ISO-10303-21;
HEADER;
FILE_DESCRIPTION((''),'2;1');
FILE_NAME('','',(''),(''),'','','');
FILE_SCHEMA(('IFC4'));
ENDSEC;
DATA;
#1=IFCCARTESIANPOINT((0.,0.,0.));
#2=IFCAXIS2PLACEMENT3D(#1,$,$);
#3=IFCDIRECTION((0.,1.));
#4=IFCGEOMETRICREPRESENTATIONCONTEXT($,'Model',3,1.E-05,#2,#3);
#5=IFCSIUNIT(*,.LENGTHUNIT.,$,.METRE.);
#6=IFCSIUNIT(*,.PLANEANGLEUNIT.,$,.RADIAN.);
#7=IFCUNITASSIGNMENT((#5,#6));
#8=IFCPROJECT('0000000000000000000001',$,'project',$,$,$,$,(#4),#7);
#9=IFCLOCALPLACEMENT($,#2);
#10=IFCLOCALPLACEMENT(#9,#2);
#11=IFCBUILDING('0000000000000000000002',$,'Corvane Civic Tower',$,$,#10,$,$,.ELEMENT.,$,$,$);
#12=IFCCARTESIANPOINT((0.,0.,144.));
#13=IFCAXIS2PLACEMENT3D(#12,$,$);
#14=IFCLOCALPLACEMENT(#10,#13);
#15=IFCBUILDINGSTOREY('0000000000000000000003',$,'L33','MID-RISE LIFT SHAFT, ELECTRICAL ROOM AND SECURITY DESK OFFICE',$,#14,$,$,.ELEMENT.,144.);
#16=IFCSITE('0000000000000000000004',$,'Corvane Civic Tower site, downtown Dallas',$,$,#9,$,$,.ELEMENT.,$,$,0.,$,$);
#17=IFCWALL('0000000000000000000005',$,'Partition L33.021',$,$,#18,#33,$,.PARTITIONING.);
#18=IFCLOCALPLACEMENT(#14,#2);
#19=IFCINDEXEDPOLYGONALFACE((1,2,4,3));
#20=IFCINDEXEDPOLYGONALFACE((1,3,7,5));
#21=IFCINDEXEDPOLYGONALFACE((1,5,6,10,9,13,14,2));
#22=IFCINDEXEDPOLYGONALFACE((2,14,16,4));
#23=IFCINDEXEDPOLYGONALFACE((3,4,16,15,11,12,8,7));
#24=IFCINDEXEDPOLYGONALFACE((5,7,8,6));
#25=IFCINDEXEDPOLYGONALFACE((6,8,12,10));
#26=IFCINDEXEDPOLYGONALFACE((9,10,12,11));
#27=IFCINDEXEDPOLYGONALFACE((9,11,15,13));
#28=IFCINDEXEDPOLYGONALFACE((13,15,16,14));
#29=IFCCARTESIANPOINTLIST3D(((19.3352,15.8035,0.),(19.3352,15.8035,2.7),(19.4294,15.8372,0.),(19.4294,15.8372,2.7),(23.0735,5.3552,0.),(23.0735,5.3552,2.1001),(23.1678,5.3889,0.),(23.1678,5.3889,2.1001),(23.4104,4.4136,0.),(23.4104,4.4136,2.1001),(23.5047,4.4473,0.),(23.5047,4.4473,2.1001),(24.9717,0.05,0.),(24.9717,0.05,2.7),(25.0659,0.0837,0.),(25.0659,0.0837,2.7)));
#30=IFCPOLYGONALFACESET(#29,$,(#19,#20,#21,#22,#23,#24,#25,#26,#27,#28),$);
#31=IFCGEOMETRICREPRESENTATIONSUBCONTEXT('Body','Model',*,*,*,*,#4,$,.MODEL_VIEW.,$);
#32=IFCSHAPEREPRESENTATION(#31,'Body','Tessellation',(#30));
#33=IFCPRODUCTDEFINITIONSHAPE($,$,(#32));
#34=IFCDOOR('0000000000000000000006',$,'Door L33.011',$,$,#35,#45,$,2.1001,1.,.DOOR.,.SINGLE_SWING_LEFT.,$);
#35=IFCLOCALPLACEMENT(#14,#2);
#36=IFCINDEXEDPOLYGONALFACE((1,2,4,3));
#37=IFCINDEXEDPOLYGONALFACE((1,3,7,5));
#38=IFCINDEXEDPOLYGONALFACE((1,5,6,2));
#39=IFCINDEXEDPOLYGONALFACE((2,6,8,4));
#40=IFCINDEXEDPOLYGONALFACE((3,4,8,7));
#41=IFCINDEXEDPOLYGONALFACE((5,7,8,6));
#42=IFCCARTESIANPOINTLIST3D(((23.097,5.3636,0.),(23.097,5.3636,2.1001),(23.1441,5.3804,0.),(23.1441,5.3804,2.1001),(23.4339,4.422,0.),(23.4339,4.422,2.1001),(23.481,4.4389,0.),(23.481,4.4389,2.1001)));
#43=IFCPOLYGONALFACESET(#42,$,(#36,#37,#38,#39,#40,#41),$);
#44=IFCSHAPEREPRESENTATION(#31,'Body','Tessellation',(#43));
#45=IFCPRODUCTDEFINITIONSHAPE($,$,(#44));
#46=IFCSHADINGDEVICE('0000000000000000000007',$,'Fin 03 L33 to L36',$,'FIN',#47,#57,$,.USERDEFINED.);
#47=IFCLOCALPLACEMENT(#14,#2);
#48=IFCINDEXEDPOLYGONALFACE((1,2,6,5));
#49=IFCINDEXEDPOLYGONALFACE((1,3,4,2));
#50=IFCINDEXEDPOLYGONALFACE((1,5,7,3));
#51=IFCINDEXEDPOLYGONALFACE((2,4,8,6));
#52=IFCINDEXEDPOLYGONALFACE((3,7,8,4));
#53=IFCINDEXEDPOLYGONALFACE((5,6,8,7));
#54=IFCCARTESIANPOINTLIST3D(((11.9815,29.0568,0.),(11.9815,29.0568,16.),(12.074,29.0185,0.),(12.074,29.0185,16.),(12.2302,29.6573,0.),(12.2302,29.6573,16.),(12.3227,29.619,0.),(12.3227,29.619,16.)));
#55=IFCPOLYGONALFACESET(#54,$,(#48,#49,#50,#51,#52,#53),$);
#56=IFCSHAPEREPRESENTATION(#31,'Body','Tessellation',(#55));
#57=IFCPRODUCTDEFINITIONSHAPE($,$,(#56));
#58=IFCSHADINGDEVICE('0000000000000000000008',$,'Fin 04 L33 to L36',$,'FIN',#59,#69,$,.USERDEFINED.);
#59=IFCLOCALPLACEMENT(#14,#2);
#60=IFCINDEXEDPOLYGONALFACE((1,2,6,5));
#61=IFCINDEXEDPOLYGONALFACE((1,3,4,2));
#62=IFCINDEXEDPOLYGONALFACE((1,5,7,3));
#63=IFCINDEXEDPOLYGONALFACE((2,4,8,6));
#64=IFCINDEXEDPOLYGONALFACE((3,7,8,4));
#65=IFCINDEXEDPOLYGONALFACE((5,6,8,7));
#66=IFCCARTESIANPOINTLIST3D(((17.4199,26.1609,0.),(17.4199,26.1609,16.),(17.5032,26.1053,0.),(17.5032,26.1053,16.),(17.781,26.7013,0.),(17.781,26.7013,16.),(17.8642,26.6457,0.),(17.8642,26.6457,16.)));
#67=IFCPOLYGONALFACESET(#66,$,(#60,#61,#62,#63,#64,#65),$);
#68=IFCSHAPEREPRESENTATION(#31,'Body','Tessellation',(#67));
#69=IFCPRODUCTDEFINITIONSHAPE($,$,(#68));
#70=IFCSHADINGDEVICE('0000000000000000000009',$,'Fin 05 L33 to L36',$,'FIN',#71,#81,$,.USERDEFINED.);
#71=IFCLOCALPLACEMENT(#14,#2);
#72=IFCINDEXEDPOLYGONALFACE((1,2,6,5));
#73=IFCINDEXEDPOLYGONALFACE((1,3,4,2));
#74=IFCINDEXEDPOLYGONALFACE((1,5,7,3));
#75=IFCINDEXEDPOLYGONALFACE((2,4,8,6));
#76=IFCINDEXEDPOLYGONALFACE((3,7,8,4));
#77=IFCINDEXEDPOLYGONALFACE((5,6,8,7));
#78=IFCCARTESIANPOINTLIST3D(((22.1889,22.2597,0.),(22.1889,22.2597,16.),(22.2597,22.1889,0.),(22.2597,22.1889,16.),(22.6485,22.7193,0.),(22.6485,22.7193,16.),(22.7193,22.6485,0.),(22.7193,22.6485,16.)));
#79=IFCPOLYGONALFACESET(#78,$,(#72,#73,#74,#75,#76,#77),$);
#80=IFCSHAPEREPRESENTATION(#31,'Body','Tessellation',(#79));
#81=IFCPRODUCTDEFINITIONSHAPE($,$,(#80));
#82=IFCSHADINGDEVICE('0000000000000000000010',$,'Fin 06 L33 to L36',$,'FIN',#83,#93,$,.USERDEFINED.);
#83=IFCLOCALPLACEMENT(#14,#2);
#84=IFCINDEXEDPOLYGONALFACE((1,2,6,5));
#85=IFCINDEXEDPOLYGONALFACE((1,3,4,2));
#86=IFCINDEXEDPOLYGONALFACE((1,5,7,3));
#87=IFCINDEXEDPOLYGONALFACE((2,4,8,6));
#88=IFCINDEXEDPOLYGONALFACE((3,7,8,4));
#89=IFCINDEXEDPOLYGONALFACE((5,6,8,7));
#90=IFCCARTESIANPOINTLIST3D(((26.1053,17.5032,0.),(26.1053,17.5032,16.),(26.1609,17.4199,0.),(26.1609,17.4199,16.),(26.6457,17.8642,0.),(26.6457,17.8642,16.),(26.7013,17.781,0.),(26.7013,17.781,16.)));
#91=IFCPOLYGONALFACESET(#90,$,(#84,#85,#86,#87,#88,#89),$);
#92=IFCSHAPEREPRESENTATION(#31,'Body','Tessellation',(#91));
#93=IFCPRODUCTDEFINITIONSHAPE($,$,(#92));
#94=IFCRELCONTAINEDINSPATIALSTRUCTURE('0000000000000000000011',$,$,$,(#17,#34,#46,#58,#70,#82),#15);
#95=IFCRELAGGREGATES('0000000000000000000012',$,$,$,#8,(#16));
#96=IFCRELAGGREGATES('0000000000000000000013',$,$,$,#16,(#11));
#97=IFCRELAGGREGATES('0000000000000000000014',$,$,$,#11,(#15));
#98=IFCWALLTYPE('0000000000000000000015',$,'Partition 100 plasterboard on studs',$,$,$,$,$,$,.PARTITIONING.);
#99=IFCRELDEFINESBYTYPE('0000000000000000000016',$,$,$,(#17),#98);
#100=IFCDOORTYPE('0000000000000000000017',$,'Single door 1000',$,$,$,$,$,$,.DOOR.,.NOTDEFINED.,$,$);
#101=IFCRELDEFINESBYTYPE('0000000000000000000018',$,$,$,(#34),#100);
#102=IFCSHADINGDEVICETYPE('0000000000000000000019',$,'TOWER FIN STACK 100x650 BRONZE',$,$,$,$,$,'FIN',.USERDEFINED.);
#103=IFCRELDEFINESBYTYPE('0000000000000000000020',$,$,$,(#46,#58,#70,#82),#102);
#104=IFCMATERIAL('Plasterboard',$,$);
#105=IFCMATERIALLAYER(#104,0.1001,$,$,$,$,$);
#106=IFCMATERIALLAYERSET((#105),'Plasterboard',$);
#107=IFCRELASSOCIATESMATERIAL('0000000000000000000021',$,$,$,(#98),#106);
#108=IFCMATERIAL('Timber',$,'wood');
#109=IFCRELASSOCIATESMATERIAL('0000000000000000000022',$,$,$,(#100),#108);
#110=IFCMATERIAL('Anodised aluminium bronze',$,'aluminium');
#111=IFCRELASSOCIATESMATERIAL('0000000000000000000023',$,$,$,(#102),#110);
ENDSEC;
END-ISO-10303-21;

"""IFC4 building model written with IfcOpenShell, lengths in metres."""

from ifc_helpers import new_model, si_unit, direction, frame, frame_2d, origin, origin_2d, place, context, subcontext, project, spatial, rectangle, extrude, material, layer, layer_set, material_profile, profile_set, type_object, element, fill, save


model = new_model("IFC4")

# Units and contexts
model_context = context("Model", 3, precision=1e-05, world=origin(), true_north=direction((0.0, 1.0)))
body_context = subcontext(model_context, "Body", "Model", "MODEL_VIEW")
ifc_project = project(units=[si_unit("LENGTHUNIT", "METRE"), si_unit("PLANEANGLEUNIT", "RADIAN")], contexts=[model_context])

# Site, building, storey
site_placement = place(None, origin())
site = spatial("IfcSite", under=ifc_project, at=site_placement, Name="Corvane Civic Tower site, downtown Dallas", CompositionType="ELEMENT", RefElevation=0.0)
building_placement = place(site_placement, origin())
building = spatial("IfcBuilding", under=site, at=building_placement, Name="Corvane Civic Tower", CompositionType="ELEMENT")
storey_placement = place(building_placement, frame((0.0, 0.0, 144.0)))
storey = spatial("IfcBuildingStorey", under=building, at=storey_placement, Name="L33", Description="MID-RISE LIFT SHAFT, ELECTRICAL ROOM AND SECURITY DESK OFFICE", CompositionType="ELEMENT", Elevation=144.0)

# Wall, opening, door
ifc_material_1 = material(Name="Plasterboard")
ifc_layer_1 = layer(ifc_material_1, 0.1001)
ifc_layer_set_1 = layer_set([ifc_layer_1], Name="Plasterboard")
wall_type = type_object("IfcWallType", Name="Partition 100 plasterboard on studs", PredefinedType="PARTITIONING", material=ifc_layer_set_1)
wall_placement = place(storey_placement, frame((19.3823, 15.8203, 0.0), z_axis=(0.0, 0.0, 1.0), x_axis=(0.33688, -0.941548, 0.0)))
wall = element("IfcWall", 1, at=wall_placement, inside=storey, type_object=wall_type, Name="Partition L33.021", PredefinedType="PARTITIONING", context=body_context, shape_type="SweptSolid", body=[
    extrude(rectangle(XDim=16.7314, YDim=0.1001, at=frame_2d((8.3657, 0.0))), origin(), (0.0, 0.0, 1.0), 2.7),
])
opening_placement = place(wall_placement, frame((11.0969, 0.0, 0.0)))
opening = element("IfcOpeningElement", 2, at=opening_placement, cuts=wall, PredefinedType="OPENING", context=body_context, shape_type="SweptSolid", body=[
    extrude(rectangle(XDim=1.0, YDim=2.1001, at=frame_2d((0.5, 1.05))), frame((0.0, 0.0601, 0.0), z_axis=(0.0, -1.0, 0.0), x_axis=(1.0, 0.0, 0.0)), (0.0, 0.0, 1.0), 0.1201),
])
ifc_material_2 = material(Name="Timber", Category="wood")
door_type = type_object("IfcDoorType", Name="Single door 1000", OperationType="NOTDEFINED", PredefinedType="DOOR", material=ifc_material_2)
door_placement = place(opening_placement, origin())
door = element("IfcDoor", 3, at=door_placement, inside=storey, type_object=door_type, Name="Door L33.011", OperationType="SINGLE_SWING_LEFT", OverallHeight=2.1001, OverallWidth=1.0, PredefinedType="DOOR", context=body_context, shape_type="SweptSolid", body=[
    extrude(rectangle(XDim=1.0, YDim=2.1001, at=frame_2d((0.5, 1.05))), frame((0.0, 0.0249, 0.0), z_axis=(0.0, -1.0, 0.0), x_axis=(1.0, 0.0, 0.0)), (0.0, 0.0, 1.0), 0.05),
])
fill(opening, door)

# Shading devices
ifc_material_3 = material(Name="Anodised aluminium bronze", Category="aluminium")
ifc_material_profile_1 = material_profile(ifc_material_3, rectangle(XDim=0.1001, YDim=0.6499, at=origin_2d()), Name="TOWER FIN STACK 100x650 BRONZE")
ifc_profile_set_1 = profile_set([ifc_material_profile_1], Name="Anodised aluminium bronze")
shading_device_type = type_object("IfcShadingDeviceType", Name="TOWER FIN STACK 100x650 BRONZE", ElementType="FIN", PredefinedType="USERDEFINED", material=ifc_profile_set_1)
for number, where, z_axis, x_axis, name in (
    (4, (12.1521, 29.3379, 0.0), (0.0, 0.0, 1.0), (0.92388, -0.382683, 0.0), "Fin 03 L33 to L36"),
    (5, (17.6421, 26.4033, 0.0), (0.0, 0.0, 1.0), (0.83147, -0.55557, 0.0), "Fin 04 L33 to L36"),
    (6, (22.4541, 22.4541, 0.0), (0.0, 0.0, 1.0), (0.707107, -0.707107, 0.0), "Fin 05 L33 to L36"),
    (7, (26.4033, 17.6421, 0.0), (0.0, 0.0, 1.0), (0.55557, -0.83147, 0.0), "Fin 06 L33 to L36"),
):
    element("IfcShadingDevice", number, at=place(storey_placement, frame(where, z_axis=z_axis, x_axis=x_axis)), inside=storey, type_object=shading_device_type, Name=name, ObjectType="FIN", PredefinedType="USERDEFINED", context=body_context, shape_type="SweptSolid", body=[
        extrude(rectangle(XDim=0.1001, YDim=0.6499, at=origin_2d()), origin(), (0.0, 0.0, 1.0), 16.0),
    ])

save(model, "model.ifc")
